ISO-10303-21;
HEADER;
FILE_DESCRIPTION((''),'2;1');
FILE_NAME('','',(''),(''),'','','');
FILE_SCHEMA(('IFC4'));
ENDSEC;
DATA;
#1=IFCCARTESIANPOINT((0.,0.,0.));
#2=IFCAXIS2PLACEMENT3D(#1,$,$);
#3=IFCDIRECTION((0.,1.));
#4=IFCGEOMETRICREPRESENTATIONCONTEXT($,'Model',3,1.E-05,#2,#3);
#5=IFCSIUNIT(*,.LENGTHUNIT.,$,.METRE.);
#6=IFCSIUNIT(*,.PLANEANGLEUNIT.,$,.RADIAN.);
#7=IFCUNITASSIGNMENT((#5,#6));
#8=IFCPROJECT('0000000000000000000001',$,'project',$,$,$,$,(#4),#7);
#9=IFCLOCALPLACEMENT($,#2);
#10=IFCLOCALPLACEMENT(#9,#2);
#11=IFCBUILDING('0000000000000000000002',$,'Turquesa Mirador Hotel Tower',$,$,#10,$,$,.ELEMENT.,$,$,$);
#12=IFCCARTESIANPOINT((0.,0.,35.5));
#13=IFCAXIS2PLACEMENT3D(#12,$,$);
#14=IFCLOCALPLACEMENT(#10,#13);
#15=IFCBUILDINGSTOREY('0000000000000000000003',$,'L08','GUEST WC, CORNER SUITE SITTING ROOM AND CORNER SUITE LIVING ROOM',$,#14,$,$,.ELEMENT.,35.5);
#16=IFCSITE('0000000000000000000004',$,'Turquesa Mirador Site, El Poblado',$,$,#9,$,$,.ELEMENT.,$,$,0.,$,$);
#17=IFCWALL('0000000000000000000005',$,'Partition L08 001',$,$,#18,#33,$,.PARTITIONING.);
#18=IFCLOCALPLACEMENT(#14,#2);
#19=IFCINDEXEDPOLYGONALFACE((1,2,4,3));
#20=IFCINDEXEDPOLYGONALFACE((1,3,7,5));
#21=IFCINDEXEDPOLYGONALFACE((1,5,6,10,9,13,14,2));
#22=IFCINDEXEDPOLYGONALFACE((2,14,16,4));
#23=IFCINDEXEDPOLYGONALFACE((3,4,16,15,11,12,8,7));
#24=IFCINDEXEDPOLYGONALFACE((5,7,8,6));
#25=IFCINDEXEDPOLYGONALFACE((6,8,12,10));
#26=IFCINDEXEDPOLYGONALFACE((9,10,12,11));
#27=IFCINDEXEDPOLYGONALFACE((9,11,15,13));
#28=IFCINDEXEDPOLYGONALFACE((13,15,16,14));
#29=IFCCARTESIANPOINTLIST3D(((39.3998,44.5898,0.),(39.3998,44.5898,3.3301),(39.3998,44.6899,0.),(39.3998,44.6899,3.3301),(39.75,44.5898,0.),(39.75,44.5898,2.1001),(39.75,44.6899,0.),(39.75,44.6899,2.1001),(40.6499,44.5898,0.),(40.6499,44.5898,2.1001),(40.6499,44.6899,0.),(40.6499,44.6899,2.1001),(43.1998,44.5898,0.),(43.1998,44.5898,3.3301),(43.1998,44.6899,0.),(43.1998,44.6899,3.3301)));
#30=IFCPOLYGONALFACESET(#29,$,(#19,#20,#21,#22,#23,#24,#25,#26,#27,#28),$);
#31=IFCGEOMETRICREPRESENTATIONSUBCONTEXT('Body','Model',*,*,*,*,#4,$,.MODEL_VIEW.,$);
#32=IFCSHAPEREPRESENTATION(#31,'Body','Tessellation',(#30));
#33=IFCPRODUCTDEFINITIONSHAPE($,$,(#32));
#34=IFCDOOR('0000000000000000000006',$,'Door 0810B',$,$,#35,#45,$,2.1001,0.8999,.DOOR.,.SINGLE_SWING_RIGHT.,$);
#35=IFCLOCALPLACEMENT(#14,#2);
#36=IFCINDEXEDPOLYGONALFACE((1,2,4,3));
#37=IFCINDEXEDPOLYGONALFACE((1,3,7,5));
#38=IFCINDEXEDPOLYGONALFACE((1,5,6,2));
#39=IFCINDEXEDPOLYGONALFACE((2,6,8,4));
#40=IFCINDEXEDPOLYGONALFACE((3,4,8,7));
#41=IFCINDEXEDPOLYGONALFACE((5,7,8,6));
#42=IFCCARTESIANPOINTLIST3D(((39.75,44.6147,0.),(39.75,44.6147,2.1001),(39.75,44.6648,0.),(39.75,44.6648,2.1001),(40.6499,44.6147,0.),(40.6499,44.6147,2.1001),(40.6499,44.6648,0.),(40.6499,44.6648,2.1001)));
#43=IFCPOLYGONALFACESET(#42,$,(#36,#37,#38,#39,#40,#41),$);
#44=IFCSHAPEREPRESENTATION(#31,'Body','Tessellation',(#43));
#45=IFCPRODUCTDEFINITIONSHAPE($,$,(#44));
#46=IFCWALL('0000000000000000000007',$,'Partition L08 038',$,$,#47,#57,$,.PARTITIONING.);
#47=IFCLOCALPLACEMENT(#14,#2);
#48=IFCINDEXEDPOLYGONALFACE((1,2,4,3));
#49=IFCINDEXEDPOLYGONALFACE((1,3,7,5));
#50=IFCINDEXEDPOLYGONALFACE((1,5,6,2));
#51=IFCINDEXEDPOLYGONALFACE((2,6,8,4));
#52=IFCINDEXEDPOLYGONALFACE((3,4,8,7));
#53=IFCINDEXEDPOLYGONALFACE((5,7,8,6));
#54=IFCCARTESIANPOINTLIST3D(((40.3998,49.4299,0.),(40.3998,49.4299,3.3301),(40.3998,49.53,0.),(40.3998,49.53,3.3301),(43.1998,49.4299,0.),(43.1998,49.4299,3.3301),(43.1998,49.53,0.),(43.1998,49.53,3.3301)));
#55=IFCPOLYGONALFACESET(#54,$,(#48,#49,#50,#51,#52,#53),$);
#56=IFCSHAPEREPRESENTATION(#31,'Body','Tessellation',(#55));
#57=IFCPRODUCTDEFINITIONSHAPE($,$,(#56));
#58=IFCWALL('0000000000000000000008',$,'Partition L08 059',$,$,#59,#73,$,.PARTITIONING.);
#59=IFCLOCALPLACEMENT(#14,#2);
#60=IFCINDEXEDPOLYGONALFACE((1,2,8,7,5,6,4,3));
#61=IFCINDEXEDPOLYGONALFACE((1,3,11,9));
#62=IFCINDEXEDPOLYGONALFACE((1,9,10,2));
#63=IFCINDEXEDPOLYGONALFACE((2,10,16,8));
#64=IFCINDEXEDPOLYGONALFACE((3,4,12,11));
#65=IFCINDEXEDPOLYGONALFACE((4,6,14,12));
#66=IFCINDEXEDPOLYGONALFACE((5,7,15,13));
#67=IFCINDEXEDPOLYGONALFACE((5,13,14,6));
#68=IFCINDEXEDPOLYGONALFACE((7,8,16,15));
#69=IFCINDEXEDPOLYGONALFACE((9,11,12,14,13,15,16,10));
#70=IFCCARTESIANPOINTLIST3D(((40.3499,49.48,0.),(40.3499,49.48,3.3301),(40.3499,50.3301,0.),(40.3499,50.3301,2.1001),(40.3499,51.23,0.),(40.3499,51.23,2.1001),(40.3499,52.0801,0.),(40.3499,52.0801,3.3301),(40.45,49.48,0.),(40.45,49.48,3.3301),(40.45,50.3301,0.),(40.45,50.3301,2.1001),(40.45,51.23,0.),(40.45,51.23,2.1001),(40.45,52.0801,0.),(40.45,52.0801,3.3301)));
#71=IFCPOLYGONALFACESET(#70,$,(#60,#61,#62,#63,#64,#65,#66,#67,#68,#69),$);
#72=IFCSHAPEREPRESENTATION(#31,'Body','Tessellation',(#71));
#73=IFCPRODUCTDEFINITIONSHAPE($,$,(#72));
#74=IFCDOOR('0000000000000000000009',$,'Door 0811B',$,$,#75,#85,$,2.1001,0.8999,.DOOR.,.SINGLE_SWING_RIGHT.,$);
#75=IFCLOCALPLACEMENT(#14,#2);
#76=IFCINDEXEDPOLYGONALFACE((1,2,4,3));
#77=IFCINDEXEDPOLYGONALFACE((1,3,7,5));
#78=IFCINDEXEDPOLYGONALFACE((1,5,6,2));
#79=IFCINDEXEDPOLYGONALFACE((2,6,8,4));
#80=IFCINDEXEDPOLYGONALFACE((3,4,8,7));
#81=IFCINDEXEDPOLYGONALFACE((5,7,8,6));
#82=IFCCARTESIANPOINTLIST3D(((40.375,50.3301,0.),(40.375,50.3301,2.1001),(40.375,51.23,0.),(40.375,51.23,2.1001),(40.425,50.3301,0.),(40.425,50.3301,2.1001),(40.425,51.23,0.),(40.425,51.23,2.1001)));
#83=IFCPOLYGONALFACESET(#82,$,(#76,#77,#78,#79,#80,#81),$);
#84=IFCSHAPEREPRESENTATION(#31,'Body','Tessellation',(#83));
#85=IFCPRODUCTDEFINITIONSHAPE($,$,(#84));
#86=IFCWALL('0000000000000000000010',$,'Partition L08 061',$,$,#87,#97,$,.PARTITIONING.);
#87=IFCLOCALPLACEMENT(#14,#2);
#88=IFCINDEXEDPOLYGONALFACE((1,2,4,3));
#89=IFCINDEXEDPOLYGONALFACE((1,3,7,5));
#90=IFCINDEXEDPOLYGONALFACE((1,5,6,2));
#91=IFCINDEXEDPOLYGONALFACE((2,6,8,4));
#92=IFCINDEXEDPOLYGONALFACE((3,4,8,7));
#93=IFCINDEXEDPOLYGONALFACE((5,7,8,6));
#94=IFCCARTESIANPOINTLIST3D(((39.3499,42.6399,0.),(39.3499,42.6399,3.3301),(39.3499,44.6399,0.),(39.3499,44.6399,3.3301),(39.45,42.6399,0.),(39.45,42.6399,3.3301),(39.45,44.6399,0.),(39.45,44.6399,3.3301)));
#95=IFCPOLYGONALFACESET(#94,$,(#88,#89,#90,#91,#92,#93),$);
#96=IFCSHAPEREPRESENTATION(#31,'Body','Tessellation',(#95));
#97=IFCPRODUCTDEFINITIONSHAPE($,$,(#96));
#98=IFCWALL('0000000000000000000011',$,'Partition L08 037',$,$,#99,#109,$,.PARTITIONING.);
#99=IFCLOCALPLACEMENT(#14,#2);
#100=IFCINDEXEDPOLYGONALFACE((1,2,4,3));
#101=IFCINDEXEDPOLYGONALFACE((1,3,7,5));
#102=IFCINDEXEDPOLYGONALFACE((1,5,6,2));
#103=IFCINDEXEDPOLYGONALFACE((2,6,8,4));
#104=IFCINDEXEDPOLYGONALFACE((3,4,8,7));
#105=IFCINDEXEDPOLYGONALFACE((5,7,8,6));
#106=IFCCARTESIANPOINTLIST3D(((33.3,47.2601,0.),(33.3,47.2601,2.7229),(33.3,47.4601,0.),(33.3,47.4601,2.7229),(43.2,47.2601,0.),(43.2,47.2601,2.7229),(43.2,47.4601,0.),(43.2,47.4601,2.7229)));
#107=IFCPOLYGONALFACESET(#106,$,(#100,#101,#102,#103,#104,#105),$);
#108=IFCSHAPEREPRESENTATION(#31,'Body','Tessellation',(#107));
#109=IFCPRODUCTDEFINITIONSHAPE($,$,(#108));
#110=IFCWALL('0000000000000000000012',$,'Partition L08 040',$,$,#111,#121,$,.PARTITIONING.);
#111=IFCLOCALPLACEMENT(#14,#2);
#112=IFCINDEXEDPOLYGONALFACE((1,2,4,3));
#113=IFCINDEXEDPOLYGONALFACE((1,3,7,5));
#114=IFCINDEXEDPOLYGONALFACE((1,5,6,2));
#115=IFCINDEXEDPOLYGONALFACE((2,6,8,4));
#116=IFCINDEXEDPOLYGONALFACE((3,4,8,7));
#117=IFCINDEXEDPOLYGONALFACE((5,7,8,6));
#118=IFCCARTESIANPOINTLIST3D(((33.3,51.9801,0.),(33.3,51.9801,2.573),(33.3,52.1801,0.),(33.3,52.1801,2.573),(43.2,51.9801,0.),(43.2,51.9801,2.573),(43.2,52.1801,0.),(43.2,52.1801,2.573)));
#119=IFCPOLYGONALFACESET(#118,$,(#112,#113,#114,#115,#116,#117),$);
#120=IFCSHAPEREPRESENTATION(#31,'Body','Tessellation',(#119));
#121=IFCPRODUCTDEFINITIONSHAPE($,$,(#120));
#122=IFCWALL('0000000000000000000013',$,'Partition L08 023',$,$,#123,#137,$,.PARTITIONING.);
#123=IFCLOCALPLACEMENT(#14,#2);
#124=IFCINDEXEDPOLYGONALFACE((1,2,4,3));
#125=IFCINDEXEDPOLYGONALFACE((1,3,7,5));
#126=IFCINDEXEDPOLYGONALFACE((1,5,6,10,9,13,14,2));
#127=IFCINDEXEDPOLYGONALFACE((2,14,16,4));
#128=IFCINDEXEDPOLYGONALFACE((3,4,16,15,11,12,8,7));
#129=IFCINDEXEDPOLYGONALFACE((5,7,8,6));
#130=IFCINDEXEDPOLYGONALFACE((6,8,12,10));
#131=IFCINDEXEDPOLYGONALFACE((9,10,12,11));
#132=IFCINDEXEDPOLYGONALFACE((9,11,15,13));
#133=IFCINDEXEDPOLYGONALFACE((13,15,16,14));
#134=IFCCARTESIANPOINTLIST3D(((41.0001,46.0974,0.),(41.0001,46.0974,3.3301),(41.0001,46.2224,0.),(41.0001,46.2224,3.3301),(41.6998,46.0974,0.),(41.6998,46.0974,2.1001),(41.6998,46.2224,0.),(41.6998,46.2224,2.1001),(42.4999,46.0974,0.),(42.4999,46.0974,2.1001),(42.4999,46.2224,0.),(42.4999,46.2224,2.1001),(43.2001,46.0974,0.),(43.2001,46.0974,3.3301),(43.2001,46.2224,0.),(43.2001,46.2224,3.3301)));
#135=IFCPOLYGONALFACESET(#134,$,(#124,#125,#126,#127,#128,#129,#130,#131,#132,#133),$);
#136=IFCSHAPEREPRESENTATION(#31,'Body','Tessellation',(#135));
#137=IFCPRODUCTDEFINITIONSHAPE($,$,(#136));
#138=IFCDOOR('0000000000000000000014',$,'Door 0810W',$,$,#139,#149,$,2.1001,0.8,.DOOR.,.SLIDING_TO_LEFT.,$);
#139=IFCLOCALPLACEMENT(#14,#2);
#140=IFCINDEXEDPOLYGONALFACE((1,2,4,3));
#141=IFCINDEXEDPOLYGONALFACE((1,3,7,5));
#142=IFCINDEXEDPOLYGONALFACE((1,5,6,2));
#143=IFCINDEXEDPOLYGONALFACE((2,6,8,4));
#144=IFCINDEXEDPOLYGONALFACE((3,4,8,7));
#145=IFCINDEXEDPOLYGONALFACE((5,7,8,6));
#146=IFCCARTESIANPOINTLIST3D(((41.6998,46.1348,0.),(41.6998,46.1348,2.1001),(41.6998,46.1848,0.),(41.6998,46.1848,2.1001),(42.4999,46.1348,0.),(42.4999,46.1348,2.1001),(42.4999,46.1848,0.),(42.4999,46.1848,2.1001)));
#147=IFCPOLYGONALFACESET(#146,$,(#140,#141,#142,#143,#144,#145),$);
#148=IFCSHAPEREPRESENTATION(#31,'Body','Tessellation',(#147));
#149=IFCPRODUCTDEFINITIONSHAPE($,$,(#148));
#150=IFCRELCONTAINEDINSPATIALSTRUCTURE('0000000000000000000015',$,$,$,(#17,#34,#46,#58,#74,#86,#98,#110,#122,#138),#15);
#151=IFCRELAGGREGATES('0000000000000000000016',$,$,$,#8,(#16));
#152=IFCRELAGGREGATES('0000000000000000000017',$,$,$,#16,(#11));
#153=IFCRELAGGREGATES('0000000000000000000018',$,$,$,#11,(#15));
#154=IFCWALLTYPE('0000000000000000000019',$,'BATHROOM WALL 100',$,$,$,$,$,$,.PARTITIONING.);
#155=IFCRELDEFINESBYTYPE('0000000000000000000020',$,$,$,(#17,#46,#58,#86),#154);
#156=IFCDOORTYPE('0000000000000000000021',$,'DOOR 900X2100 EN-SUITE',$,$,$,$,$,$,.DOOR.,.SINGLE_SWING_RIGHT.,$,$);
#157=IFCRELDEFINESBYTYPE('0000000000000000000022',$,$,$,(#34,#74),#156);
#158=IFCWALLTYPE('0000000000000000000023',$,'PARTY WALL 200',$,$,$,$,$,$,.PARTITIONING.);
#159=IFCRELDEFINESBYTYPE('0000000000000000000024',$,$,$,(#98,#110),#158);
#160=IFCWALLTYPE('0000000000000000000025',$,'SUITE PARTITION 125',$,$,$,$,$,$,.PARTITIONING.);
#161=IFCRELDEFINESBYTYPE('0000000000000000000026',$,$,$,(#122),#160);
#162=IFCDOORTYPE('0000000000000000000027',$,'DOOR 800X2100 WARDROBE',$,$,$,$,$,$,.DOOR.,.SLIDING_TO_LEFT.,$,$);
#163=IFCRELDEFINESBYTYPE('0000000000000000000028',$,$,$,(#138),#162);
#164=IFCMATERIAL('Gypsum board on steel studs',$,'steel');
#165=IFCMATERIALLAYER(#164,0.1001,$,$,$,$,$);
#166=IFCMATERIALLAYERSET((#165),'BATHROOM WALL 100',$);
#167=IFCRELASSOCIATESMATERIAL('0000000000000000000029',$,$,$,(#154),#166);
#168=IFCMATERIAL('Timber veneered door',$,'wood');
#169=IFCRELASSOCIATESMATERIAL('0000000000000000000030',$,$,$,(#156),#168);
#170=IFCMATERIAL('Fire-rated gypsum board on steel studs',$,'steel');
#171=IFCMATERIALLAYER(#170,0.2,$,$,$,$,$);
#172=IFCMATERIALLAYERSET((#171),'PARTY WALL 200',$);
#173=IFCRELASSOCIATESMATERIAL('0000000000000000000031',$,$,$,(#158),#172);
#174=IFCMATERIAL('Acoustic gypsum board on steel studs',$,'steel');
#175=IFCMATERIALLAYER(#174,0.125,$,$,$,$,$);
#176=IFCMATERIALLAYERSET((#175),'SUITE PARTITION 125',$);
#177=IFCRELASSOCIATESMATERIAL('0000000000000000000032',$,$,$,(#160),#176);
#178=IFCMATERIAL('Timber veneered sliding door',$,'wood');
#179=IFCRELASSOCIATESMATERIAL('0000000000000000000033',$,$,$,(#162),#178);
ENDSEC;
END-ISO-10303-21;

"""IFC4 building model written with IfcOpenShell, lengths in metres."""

from ifc_helpers import new_model, si_unit, direction, frame, frame_2d, origin, place, context, subcontext, project, spatial, rectangle, extrude, material, layer, layer_set, type_object, element, fill, save


model = new_model("IFC4")

# Units and contexts
model_context = context("Model", 3, precision=1e-05, world=origin(), true_north=direction((0.0, 1.0)))
body_context = subcontext(model_context, "Body", "Model", "MODEL_VIEW")
ifc_project = project(units=[si_unit("LENGTHUNIT", "METRE"), si_unit("PLANEANGLEUNIT", "RADIAN")], contexts=[model_context])

# Site, building, storey
site_placement = place(None, origin())
site = spatial("IfcSite", under=ifc_project, at=site_placement, Name="Turquesa Mirador Site, El Poblado", CompositionType="ELEMENT", RefElevation=0.0)
building_placement = place(site_placement, origin())
building = spatial("IfcBuilding", under=site, at=building_placement, Name="Turquesa Mirador Hotel Tower", CompositionType="ELEMENT")
storey_placement = place(building_placement, frame((0.0, 0.0, 35.5)))
storey = spatial("IfcBuildingStorey", under=building, at=storey_placement, Name="L08", Description="GUEST WC, CORNER SUITE SITTING ROOM AND CORNER SUITE LIVING ROOM", CompositionType="ELEMENT", Elevation=35.5)

# Wall, opening, door
ifc_material_1 = material(Name="Gypsum board on steel studs", Category="steel")
ifc_layer_1 = layer(ifc_material_1, 0.1001)
ifc_layer_set_1 = layer_set([ifc_layer_1], Name="BATHROOM WALL 100")
wall_type_1 = type_object("IfcWallType", Name="BATHROOM WALL 100", PredefinedType="PARTITIONING", material=ifc_layer_set_1)
wall_1_placement = place(storey_placement, frame((39.3999, 44.6399, 0.0), z_axis=(0.0, 0.0, 1.0), x_axis=(1.0, 0.0, 0.0)))
wall_1 = element("IfcWall", 1, at=wall_1_placement, inside=storey, type_object=wall_type_1, Name="Partition L08 001", PredefinedType="PARTITIONING", context=body_context, shape_type="SweptSolid", body=[
    extrude(rectangle(XDim=3.8, YDim=0.1001, at=frame_2d((1.8999, 0.0))), origin(), (0.0, 0.0, 1.0), 3.3301),
])
opening_1_placement = place(wall_1_placement, frame((0.3501, 0.0, 0.0)))
opening_1 = element("IfcOpeningElement", 2, at=opening_1_placement, cuts=wall_1, PredefinedType="OPENING", context=body_context, shape_type="SweptSolid", body=[
    extrude(rectangle(XDim=0.8999, YDim=2.1001, at=frame_2d((0.45, 1.05))), frame((0.0, 0.0601, 0.0), z_axis=(0.0, -1.0, 0.0), x_axis=(1.0, 0.0, 0.0)), (0.0, 0.0, 1.0), 0.1201),
])
ifc_material_2 = material(Name="Timber veneered door", Category="wood")
door_type_1 = type_object("IfcDoorType", Name="DOOR 900X2100 EN-SUITE", OperationType="SINGLE_SWING_RIGHT", PredefinedType="DOOR", material=ifc_material_2)
door_1_placement = place(opening_1_placement, origin())
door_1 = element("IfcDoor", 3, at=door_1_placement, inside=storey, type_object=door_type_1, Name="Door 0810B", OperationType="SINGLE_SWING_RIGHT", OverallHeight=2.1001, OverallWidth=0.8999, PredefinedType="DOOR", context=body_context, shape_type="SweptSolid", body=[
    extrude(rectangle(XDim=0.8999, YDim=2.1001, at=frame_2d((0.45, 1.05))), frame((0.0, 0.0249, 0.0), z_axis=(0.0, -1.0, 0.0), x_axis=(1.0, 0.0, 0.0)), (0.0, 0.0, 1.0), 0.05),
])
fill(opening_1, door_1)

# Wall
wall_2_placement = place(storey_placement, frame((40.3999, 49.48, 0.0), z_axis=(0.0, 0.0, 1.0), x_axis=(1.0, 0.0, 0.0)))
element("IfcWall", 4, at=wall_2_placement, inside=storey, type_object=wall_type_1, Name="Partition L08 038", PredefinedType="PARTITIONING", context=body_context, shape_type="SweptSolid", body=[
    extrude(rectangle(XDim=2.8, YDim=0.1001, at=frame_2d((1.3999, 0.0))), origin(), (0.0, 0.0, 1.0), 3.3301),
])

# Wall, opening, door
wall_3_placement = place(storey_placement, frame((40.3999, 49.48, 0.0), z_axis=(0.0, 0.0, 1.0), x_axis=(0.0, 1.0, 0.0)))
wall_3 = element("IfcWall", 5, at=wall_3_placement, inside=storey, type_object=wall_type_1, Name="Partition L08 059", PredefinedType="PARTITIONING", context=body_context, shape_type="SweptSolid", body=[
    extrude(rectangle(XDim=2.6001, YDim=0.1001, at=frame_2d((1.3, 0.0))), origin(), (0.0, 0.0, 1.0), 3.3301),
])
opening_2_placement = place(wall_3_placement, frame((0.8501, 0.0, 0.0)))
opening_2 = element("IfcOpeningElement", 6, at=opening_2_placement, cuts=wall_3, PredefinedType="OPENING", context=body_context, shape_type="SweptSolid", body=[
    extrude(rectangle(XDim=0.8999, YDim=2.1001, at=frame_2d((0.45, 1.05))), frame((0.0, 0.0601, 0.0), z_axis=(0.0, -1.0, 0.0), x_axis=(1.0, 0.0, 0.0)), (0.0, 0.0, 1.0), 0.1201),
])
door_2_placement = place(opening_2_placement, origin())
door_2 = element("IfcDoor", 7, at=door_2_placement, inside=storey, type_object=door_type_1, Name="Door 0811B", OperationType="SINGLE_SWING_RIGHT", OverallHeight=2.1001, OverallWidth=0.8999, PredefinedType="DOOR", context=body_context, shape_type="SweptSolid", body=[
    extrude(rectangle(XDim=0.8999, YDim=2.1001, at=frame_2d((0.45, 1.05))), frame((0.0, 0.0249, 0.0), z_axis=(0.0, -1.0, 0.0), x_axis=(1.0, 0.0, 0.0)), (0.0, 0.0, 1.0), 0.05),
])
fill(opening_2, door_2)

# Walls
wall_4_placement = place(storey_placement, frame((39.3999, 42.6399, 0.0), z_axis=(0.0, 0.0, 1.0), x_axis=(0.0, 1.0, 0.0)))
element("IfcWall", 8, at=wall_4_placement, inside=storey, type_object=wall_type_1, Name="Partition L08 061", PredefinedType="PARTITIONING", context=body_context, shape_type="SweptSolid", body=[
    extrude(rectangle(XDim=2.0, YDim=0.1001, at=frame_2d((1.0, 0.0))), origin(), (0.0, 0.0, 1.0), 3.3301),
])
ifc_material_3 = material(Name="Fire-rated gypsum board on steel studs", Category="steel")
ifc_layer_2 = layer(ifc_material_3, 0.2)
ifc_layer_set_2 = layer_set([ifc_layer_2], Name="PARTY WALL 200")
wall_type_2 = type_object("IfcWallType", Name="PARTY WALL 200", PredefinedType="PARTITIONING", material=ifc_layer_set_2)
wall_5_placement = place(storey_placement, frame((33.3, 47.3601, 0.0), z_axis=(0.0, 0.0, 1.0), x_axis=(1.0, 0.0, 0.0)))
element("IfcWall", 9, at=wall_5_placement, inside=storey, type_object=wall_type_2, Name="Partition L08 037", PredefinedType="PARTITIONING", context=body_context, shape_type="SweptSolid", body=[
    extrude(rectangle(XDim=9.8999, YDim=0.2, at=frame_2d((4.95, 0.0))), origin(), (0.0, 0.0, 1.0), 2.7229),
])
wall_6_placement = place(storey_placement, frame((33.3, 52.0801, 0.0), z_axis=(0.0, 0.0, 1.0), x_axis=(1.0, 0.0, 0.0)))
element("IfcWall", 10, at=wall_6_placement, inside=storey, type_object=wall_type_2, Name="Partition L08 040", PredefinedType="PARTITIONING", context=body_context, shape_type="SweptSolid", body=[
    extrude(rectangle(XDim=9.8999, YDim=0.2, at=frame_2d((4.95, 0.0))), origin(), (0.0, 0.0, 1.0), 2.573),
])

# Wall, opening, door
ifc_material_4 = material(Name="Acoustic gypsum board on steel studs", Category="steel")
ifc_layer_3 = layer(ifc_material_4, 0.125)
ifc_layer_set_3 = layer_set([ifc_layer_3], Name="SUITE PARTITION 125")
wall_type_3 = type_object("IfcWallType", Name="SUITE PARTITION 125", PredefinedType="PARTITIONING", material=ifc_layer_set_3)
wall_7_placement = place(storey_placement, frame((41.0, 46.1599, 0.0), z_axis=(0.0, 0.0, 1.0), x_axis=(1.0, 0.0, 0.0)))
wall_7 = element("IfcWall", 11, at=wall_7_placement, inside=storey, type_object=wall_type_3, Name="Partition L08 023", PredefinedType="PARTITIONING", context=body_context, shape_type="SweptSolid", body=[
    extrude(rectangle(XDim=2.2, YDim=0.125, at=frame_2d((1.1001, 0.0))), origin(), (0.0, 0.0, 1.0), 3.3301),
])
opening_3_placement = place(wall_7_placement, frame((0.7, 0.0, 0.0)))
opening_3 = element("IfcOpeningElement", 12, at=opening_3_placement, cuts=wall_7, PredefinedType="OPENING", context=body_context, shape_type="SweptSolid", body=[
    extrude(rectangle(XDim=0.8, YDim=2.1001, at=frame_2d((0.3999, 1.05))), frame((0.0, 0.0725, 0.0), z_axis=(0.0, -1.0, 0.0), x_axis=(1.0, 0.0, 0.0)), (0.0, 0.0, 1.0), 0.145),
])
ifc_material_5 = material(Name="Timber veneered sliding door", Category="wood")
door_type_2 = type_object("IfcDoorType", Name="DOOR 800X2100 WARDROBE", OperationType="SLIDING_TO_LEFT", PredefinedType="DOOR", material=ifc_material_5)
door_3_placement = place(opening_3_placement, origin())
door_3 = element("IfcDoor", 13, at=door_3_placement, inside=storey, type_object=door_type_2, Name="Door 0810W", OperationType="SLIDING_TO_LEFT", OverallHeight=2.1001, OverallWidth=0.8, PredefinedType="DOOR", context=body_context, shape_type="SweptSolid", body=[
    extrude(rectangle(XDim=0.8, YDim=2.1001, at=frame_2d((0.3999, 1.05))), frame((0.0, 0.0249, 0.0), z_axis=(0.0, -1.0, 0.0), x_axis=(1.0, 0.0, 0.0)), (0.0, 0.0, 1.0), 0.05),
])
fill(opening_3, door_3)

save(model, "model.ifc")
